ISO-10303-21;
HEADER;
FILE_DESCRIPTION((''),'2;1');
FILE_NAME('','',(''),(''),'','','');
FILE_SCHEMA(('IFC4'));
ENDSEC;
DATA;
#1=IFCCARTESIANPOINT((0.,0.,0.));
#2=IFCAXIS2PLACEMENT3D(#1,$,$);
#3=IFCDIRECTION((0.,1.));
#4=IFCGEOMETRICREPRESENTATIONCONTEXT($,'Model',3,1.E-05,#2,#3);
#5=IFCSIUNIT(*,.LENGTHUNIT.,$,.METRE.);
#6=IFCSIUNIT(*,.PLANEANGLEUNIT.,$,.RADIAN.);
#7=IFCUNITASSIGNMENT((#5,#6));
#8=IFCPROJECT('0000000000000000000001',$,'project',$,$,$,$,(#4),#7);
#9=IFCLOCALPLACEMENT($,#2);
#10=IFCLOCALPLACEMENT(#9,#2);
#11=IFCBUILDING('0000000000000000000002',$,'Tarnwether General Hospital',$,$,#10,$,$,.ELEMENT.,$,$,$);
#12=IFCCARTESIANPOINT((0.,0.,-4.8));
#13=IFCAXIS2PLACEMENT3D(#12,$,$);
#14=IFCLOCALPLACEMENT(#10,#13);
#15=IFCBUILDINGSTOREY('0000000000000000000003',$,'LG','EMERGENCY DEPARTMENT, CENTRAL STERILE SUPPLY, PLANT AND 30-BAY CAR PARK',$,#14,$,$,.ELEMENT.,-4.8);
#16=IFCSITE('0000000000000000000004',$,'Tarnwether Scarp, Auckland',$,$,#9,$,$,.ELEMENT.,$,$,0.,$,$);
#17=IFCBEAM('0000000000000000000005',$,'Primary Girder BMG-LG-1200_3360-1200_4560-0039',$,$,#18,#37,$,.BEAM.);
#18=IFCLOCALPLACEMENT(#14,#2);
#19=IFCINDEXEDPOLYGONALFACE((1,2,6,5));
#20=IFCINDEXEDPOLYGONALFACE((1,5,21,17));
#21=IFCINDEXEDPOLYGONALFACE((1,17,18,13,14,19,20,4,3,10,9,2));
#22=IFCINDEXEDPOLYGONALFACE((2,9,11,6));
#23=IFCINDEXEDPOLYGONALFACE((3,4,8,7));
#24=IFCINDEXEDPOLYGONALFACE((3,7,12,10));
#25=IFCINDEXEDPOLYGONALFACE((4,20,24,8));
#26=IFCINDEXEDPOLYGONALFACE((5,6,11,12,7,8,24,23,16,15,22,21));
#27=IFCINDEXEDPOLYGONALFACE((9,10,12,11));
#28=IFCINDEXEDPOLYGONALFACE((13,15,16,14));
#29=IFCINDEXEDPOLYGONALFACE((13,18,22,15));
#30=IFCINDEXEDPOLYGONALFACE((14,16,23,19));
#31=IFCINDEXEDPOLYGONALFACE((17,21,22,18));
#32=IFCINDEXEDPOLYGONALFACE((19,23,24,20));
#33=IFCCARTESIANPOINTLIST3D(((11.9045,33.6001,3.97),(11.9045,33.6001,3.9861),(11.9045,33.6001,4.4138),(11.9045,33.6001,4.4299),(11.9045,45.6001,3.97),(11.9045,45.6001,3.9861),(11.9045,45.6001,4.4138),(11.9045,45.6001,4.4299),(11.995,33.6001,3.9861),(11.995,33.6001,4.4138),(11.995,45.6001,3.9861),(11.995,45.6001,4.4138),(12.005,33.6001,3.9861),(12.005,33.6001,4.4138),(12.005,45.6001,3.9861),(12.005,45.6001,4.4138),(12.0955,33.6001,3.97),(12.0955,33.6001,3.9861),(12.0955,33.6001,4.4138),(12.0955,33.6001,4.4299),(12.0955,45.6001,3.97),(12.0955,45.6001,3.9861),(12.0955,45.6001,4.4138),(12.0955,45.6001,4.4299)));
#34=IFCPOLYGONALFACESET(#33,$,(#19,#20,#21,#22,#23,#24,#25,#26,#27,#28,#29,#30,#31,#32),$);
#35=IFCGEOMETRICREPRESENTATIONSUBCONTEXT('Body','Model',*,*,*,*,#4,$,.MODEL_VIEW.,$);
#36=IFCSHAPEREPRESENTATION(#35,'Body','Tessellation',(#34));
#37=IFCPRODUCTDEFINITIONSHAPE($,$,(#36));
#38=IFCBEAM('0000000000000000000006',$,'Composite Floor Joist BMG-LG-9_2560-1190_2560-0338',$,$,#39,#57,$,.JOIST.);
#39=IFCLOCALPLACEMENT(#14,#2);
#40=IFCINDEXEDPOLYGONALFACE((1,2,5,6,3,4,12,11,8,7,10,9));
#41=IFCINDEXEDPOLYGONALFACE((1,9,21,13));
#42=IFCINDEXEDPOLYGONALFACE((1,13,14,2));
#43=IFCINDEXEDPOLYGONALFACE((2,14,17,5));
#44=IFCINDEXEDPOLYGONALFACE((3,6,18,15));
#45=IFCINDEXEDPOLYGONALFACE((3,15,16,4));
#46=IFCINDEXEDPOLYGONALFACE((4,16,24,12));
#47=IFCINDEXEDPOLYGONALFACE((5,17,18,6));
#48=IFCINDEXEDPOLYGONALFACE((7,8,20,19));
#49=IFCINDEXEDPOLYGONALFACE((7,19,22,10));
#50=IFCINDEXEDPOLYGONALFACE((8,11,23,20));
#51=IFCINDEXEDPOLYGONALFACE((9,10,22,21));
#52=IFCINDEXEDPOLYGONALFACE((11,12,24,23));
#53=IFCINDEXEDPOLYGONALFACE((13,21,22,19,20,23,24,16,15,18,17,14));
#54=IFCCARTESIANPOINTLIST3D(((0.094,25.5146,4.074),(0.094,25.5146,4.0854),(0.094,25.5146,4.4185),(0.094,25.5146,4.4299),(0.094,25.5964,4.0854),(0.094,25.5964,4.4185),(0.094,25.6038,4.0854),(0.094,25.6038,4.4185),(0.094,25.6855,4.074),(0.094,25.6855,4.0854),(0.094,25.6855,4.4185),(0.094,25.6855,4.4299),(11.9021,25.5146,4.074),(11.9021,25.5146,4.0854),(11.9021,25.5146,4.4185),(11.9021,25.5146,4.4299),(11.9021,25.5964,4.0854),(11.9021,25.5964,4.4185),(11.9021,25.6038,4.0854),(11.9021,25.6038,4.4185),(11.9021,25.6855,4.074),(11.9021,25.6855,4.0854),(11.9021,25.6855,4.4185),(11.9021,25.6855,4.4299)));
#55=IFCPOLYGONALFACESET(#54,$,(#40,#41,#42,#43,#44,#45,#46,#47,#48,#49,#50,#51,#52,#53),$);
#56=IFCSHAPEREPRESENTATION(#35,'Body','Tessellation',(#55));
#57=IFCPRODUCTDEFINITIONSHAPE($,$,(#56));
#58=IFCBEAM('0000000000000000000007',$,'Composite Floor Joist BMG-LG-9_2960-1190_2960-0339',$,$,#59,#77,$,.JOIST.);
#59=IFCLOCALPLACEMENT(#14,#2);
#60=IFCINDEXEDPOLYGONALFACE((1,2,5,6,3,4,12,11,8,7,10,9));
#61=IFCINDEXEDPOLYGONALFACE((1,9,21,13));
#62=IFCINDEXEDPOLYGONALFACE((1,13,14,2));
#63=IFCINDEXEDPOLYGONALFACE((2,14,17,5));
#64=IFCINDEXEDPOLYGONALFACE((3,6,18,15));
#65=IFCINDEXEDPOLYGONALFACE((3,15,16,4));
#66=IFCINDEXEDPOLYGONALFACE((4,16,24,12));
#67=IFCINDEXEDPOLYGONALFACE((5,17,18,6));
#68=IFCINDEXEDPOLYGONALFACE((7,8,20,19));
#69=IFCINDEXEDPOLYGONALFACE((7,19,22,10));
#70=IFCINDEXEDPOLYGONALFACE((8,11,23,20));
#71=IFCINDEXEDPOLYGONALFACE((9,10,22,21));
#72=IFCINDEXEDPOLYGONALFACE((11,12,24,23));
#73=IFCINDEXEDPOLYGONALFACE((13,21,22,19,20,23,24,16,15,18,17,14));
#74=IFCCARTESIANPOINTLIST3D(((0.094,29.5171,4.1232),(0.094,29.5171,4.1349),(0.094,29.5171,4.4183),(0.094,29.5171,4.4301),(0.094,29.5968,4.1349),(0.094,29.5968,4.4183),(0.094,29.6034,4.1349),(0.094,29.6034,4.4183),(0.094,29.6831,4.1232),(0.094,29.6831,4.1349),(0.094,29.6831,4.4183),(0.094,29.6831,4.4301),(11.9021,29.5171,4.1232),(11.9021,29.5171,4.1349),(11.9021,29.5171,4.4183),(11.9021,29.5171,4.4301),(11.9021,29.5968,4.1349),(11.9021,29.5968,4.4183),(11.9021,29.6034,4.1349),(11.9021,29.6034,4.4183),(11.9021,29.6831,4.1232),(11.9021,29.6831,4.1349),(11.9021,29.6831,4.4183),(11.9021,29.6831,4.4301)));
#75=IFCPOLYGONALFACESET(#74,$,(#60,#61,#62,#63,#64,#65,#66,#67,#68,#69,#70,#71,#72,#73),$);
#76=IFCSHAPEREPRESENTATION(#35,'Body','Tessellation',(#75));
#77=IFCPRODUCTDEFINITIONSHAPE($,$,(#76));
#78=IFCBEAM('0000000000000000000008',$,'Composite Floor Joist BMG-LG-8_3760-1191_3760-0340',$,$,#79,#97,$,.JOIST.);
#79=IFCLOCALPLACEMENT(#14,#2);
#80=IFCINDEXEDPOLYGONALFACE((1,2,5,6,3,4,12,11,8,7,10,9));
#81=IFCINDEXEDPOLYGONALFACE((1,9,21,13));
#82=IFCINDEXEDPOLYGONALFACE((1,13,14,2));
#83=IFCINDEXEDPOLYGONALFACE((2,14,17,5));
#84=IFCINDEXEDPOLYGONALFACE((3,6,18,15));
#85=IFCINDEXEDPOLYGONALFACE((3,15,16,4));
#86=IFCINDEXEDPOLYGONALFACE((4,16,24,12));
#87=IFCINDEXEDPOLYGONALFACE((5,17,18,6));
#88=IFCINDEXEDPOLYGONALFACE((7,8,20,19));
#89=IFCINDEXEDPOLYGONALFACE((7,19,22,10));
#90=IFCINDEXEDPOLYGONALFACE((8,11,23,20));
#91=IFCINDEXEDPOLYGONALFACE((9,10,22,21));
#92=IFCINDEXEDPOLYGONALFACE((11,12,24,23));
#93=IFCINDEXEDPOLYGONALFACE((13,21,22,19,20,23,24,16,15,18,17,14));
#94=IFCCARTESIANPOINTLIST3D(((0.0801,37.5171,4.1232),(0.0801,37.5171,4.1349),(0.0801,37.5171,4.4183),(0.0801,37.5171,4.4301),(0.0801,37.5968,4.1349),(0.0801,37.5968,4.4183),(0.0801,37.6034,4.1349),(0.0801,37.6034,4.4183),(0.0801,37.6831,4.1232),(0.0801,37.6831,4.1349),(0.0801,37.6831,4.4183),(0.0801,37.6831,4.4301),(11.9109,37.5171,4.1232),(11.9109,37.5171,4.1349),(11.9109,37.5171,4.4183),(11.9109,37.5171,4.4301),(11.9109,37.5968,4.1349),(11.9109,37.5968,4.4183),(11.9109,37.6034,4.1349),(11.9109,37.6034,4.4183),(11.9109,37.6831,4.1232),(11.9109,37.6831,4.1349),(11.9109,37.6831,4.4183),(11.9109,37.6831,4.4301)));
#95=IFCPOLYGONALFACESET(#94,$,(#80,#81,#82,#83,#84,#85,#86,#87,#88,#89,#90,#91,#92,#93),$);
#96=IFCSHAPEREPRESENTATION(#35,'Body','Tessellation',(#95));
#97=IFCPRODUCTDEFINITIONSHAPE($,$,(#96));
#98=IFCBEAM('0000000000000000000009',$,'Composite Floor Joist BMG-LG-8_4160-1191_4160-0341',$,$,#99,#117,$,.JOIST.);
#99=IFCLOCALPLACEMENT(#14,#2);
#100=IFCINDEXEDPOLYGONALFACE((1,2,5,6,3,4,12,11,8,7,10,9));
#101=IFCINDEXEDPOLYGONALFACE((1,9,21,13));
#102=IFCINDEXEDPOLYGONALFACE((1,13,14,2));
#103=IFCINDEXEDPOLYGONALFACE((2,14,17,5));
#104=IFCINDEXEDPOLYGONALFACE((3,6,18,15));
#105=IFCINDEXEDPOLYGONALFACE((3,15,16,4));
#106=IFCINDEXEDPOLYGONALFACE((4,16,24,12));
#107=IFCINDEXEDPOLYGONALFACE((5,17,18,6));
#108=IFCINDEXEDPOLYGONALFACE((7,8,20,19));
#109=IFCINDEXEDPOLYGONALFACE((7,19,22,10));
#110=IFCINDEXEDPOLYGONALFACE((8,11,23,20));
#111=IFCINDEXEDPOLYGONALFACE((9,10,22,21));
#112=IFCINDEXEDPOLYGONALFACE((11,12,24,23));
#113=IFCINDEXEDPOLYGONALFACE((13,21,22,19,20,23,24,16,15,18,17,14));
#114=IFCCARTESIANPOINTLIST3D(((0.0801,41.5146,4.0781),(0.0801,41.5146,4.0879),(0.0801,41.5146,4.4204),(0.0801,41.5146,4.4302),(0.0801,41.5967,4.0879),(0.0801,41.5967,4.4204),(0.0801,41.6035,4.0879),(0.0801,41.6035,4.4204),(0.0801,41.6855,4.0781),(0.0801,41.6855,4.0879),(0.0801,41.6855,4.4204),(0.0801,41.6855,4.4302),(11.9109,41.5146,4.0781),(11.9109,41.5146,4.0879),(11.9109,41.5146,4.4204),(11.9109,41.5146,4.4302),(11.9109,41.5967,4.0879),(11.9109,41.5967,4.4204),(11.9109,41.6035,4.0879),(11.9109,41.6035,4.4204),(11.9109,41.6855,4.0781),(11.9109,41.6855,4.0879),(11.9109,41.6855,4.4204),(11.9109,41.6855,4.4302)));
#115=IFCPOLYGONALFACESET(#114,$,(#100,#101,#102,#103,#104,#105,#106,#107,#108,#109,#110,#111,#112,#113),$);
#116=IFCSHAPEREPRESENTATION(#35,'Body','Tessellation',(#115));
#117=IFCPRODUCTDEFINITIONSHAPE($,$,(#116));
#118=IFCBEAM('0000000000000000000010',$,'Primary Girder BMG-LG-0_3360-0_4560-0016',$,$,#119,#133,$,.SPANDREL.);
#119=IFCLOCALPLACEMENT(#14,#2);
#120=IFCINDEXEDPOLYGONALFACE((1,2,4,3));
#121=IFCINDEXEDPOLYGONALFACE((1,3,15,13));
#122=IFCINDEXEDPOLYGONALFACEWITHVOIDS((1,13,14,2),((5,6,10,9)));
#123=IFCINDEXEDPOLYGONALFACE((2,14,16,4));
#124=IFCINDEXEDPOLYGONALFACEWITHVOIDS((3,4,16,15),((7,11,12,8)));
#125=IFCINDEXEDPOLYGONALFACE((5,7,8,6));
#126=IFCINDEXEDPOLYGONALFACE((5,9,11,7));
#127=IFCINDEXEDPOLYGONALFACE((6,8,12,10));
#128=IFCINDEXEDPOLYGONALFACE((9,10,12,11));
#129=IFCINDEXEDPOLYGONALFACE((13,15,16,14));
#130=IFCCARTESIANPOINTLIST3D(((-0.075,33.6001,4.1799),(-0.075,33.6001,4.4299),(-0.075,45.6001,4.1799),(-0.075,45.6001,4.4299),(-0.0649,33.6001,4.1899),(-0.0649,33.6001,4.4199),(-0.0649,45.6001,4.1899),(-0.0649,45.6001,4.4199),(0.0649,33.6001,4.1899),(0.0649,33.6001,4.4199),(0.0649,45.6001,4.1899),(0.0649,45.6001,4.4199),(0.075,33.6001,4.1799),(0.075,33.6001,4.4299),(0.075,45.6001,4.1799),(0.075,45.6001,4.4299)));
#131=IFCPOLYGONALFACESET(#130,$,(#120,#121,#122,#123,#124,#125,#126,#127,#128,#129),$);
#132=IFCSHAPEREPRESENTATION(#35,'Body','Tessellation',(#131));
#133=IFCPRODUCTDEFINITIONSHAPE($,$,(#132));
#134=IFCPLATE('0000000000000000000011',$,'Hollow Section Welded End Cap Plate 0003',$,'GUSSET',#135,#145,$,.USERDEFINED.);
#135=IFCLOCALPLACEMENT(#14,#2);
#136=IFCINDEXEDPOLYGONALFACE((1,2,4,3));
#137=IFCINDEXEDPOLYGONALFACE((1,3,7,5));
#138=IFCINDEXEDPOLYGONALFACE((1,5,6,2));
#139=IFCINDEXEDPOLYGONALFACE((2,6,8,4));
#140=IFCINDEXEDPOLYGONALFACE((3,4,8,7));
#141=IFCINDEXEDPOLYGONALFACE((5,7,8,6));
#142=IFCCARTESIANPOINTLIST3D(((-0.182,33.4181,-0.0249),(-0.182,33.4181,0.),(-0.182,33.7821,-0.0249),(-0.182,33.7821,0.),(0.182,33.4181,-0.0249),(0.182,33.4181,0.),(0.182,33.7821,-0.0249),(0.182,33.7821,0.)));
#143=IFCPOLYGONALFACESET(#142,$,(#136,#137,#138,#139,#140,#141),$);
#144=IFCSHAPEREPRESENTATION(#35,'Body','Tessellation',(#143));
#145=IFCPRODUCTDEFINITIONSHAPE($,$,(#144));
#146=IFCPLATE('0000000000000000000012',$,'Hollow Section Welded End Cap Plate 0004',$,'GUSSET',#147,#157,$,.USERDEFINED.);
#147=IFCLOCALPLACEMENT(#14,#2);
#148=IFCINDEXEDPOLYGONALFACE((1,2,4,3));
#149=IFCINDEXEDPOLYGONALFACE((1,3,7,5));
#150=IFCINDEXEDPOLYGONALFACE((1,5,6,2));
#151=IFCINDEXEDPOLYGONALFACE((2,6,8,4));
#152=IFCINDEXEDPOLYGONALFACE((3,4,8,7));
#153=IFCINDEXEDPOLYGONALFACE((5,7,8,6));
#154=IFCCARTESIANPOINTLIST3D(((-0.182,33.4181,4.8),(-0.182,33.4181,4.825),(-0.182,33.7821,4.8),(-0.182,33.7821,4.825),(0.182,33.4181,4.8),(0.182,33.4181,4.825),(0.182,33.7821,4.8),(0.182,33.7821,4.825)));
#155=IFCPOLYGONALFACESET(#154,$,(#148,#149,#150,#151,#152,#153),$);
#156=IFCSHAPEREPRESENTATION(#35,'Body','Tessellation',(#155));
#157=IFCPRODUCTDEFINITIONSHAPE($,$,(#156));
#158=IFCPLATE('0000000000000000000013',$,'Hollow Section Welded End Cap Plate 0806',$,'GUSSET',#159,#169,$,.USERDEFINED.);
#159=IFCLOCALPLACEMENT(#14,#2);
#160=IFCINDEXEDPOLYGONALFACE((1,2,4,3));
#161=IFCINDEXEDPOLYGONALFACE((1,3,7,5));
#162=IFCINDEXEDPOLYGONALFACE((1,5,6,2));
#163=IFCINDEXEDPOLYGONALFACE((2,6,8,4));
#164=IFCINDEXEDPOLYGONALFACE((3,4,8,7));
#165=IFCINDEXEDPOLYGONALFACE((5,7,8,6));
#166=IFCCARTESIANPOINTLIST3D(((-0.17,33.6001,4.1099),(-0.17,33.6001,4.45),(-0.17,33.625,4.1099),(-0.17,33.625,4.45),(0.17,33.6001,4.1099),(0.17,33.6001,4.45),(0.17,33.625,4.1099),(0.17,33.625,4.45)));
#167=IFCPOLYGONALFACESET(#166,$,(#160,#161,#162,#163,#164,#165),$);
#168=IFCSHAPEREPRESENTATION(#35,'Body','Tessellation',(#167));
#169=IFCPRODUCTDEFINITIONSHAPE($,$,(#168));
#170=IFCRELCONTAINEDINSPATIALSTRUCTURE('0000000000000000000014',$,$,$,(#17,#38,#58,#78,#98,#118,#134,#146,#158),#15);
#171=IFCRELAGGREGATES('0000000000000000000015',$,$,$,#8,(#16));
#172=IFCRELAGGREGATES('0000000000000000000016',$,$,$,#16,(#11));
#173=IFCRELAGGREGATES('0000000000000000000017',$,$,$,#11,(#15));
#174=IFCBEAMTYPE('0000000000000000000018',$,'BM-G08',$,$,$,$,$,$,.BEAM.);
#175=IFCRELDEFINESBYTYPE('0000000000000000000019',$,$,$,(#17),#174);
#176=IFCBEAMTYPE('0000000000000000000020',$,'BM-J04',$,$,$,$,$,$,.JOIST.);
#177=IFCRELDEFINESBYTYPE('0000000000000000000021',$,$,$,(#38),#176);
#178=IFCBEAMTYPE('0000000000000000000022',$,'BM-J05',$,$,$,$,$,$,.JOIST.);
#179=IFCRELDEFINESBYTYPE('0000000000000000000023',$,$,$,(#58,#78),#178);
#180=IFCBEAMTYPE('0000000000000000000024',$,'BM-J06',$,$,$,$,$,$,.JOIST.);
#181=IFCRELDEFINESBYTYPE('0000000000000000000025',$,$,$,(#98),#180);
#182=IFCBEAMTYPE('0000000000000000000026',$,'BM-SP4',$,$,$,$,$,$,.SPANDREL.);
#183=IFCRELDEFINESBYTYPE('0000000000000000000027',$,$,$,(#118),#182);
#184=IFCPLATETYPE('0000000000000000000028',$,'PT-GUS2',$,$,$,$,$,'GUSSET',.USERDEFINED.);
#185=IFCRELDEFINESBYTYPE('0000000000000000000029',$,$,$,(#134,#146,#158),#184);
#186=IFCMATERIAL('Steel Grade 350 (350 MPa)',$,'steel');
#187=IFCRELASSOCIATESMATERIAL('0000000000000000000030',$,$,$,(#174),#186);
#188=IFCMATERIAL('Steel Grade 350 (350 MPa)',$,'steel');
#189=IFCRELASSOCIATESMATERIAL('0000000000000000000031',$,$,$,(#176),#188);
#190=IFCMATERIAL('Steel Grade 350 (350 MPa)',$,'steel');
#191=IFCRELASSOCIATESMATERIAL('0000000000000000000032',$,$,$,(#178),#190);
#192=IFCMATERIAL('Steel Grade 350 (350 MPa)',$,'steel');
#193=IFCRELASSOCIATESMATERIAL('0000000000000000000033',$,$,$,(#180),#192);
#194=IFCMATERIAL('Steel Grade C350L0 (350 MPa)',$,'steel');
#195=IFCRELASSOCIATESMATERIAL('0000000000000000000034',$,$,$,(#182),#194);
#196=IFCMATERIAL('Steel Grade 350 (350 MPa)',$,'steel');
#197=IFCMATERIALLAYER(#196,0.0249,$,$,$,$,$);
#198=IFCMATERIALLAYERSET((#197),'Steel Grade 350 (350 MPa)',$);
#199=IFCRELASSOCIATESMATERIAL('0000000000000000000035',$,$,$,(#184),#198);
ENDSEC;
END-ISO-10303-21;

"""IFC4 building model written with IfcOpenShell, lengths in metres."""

from ifc_helpers import new_model, si_unit, direction, frame, origin, origin_2d, place, context, subcontext, project, spatial, rectangle, hollow_rectangle, i_section, extrude, material, layer, layer_set, material_profile, profile_set, type_object, element, save


model = new_model("IFC4")

# Units and contexts
model_context = context("Model", 3, precision=1e-05, world=origin(), true_north=direction((0.0, 1.0)))
body_context = subcontext(model_context, "Body", "Model", "MODEL_VIEW")
ifc_project = project(units=[si_unit("LENGTHUNIT", "METRE"), si_unit("PLANEANGLEUNIT", "RADIAN")], contexts=[model_context])

# Site, building, storey
site_placement = place(None, origin())
site = spatial("IfcSite", under=ifc_project, at=site_placement, Name="Tarnwether Scarp, Auckland", CompositionType="ELEMENT", RefElevation=0.0)
building_placement = place(site_placement, origin())
building = spatial("IfcBuilding", under=site, at=building_placement, Name="Tarnwether General Hospital", CompositionType="ELEMENT")
storey_placement = place(building_placement, frame((0.0, 0.0, -4.8)))
storey = spatial("IfcBuildingStorey", under=building, at=storey_placement, Name="LG", Description="EMERGENCY DEPARTMENT, CENTRAL STERILE SUPPLY, PLANT AND 30-BAY CAR PARK", CompositionType="ELEMENT", Elevation=-4.8)

# Beams
ifc_material_1 = material(Name="Steel Grade 350 (350 MPa)", Category="steel")
ifc_material_profile_1 = material_profile(ifc_material_1, i_section(OverallWidth=0.1909, OverallDepth=0.46, WebThickness=0.01, FlangeThickness=0.0161, at=origin_2d()), Name="460UB82.1")
ifc_profile_set_1 = profile_set([ifc_material_profile_1], Name="Steel Grade 350 (350 MPa)")
beam_type_1 = type_object("IfcBeamType", Name="BM-G08", PredefinedType="BEAM", material=ifc_profile_set_1)
beam_1_placement = place(storey_placement, frame((12.0, 33.6001, 4.2), z_axis=(0.0, 1.0, 0.0), x_axis=(-1.0, 0.0, 0.0)))
element("IfcBeam", 1, at=beam_1_placement, inside=storey, type_object=beam_type_1, Name="Primary Girder BMG-LG-1200_3360-1200_4560-0039", PredefinedType="BEAM", context=body_context, shape_type="SweptSolid", body=[
    extrude(i_section(OverallWidth=0.1909, OverallDepth=0.46, WebThickness=0.01, FlangeThickness=0.0161, at=origin_2d()), origin(), (0.0, 0.0, 1.0), 12.0),
])
ifc_material_2 = material(Name="Steel Grade 350 (350 MPa)", Category="steel")
ifc_material_profile_2 = material_profile(ifc_material_2, i_section(OverallWidth=0.1709, OverallDepth=0.356, WebThickness=0.0073, FlangeThickness=0.0115, at=origin_2d()), Name="360UB50.7")
ifc_profile_set_2 = profile_set([ifc_material_profile_2], Name="Steel Grade 350 (350 MPa)")
beam_type_2 = type_object("IfcBeamType", Name="BM-J04", PredefinedType="JOIST", material=ifc_profile_set_2)
beam_2_placement = place(storey_placement, frame((0.094, 25.6001, 4.252), z_axis=(1.0, 0.0, 0.0), x_axis=(0.0, 1.0, 0.0)))
element("IfcBeam", 2, at=beam_2_placement, inside=storey, type_object=beam_type_2, Name="Composite Floor Joist BMG-LG-9_2560-1190_2560-0338", PredefinedType="JOIST", context=body_context, shape_type="SweptSolid", body=[
    extrude(i_section(OverallWidth=0.1709, OverallDepth=0.356, WebThickness=0.0073, FlangeThickness=0.0115, at=origin_2d()), origin(), (0.0, 0.0, 1.0), 11.8081),
])
ifc_material_3 = material(Name="Steel Grade 350 (350 MPa)", Category="steel")
ifc_material_profile_3 = material_profile(ifc_material_3, i_section(OverallWidth=0.166, OverallDepth=0.3069, WebThickness=0.0066, FlangeThickness=0.0117, at=origin_2d()), Name="310UB46.2")
ifc_profile_set_3 = profile_set([ifc_material_profile_3], Name="Steel Grade 350 (350 MPa)")
beam_type_3 = type_object("IfcBeamType", Name="BM-J05", PredefinedType="JOIST", material=ifc_profile_set_3)
beam_3_placement = place(storey_placement, frame((0.094, 29.6001, 4.2766), z_axis=(1.0, 0.0, 0.0), x_axis=(0.0, 1.0, 0.0)))
element("IfcBeam", 3, at=beam_3_placement, inside=storey, type_object=beam_type_3, Name="Composite Floor Joist BMG-LG-9_2960-1190_2960-0339", PredefinedType="JOIST", context=body_context, shape_type="SweptSolid", body=[
    extrude(i_section(OverallWidth=0.166, OverallDepth=0.3069, WebThickness=0.0066, FlangeThickness=0.0117, at=origin_2d()), origin(), (0.0, 0.0, 1.0), 11.8081),
])
beam_4_placement = place(storey_placement, frame((0.0801, 37.6001, 4.2766), z_axis=(1.0, 0.0, 0.0), x_axis=(0.0, 1.0, 0.0)))
element("IfcBeam", 4, at=beam_4_placement, inside=storey, type_object=beam_type_3, Name="Composite Floor Joist BMG-LG-8_3760-1191_3760-0340", PredefinedType="JOIST", context=body_context, shape_type="SweptSolid", body=[
    extrude(i_section(OverallWidth=0.166, OverallDepth=0.3069, WebThickness=0.0066, FlangeThickness=0.0117, at=origin_2d()), origin(), (0.0, 0.0, 1.0), 11.8308),
])
ifc_material_4 = material(Name="Steel Grade 350 (350 MPa)", Category="steel")
ifc_material_profile_4 = material_profile(ifc_material_4, i_section(OverallWidth=0.1709, OverallDepth=0.3521, WebThickness=0.0068, FlangeThickness=0.0098, at=origin_2d()), Name="360UB44.7")
ifc_profile_set_4 = profile_set([ifc_material_profile_4], Name="Steel Grade 350 (350 MPa)")
beam_type_4 = type_object("IfcBeamType", Name="BM-J06", PredefinedType="JOIST", material=ifc_profile_set_4)
beam_5_placement = place(storey_placement, frame((0.0801, 41.6001, 4.2542), z_axis=(1.0, 0.0, 0.0), x_axis=(0.0, 1.0, 0.0)))
element("IfcBeam", 5, at=beam_5_placement, inside=storey, type_object=beam_type_4, Name="Composite Floor Joist BMG-LG-8_4160-1191_4160-0341", PredefinedType="JOIST", context=body_context, shape_type="SweptSolid", body=[
    extrude(i_section(OverallWidth=0.1709, OverallDepth=0.3521, WebThickness=0.0068, FlangeThickness=0.0098, at=origin_2d()), origin(), (0.0, 0.0, 1.0), 11.8308),
])
ifc_material_5 = material(Name="Steel Grade C350L0 (350 MPa)", Category="steel")
ifc_material_profile_5 = material_profile(ifc_material_5, hollow_rectangle(XDim=0.1499, YDim=0.25, WallThickness=0.01, at=origin_2d()), Name="RHS250x150x10")
ifc_profile_set_5 = profile_set([ifc_material_profile_5], Name="Steel Grade C350L0 (350 MPa)")
beam_type_5 = type_object("IfcBeamType", Name="BM-SP4", PredefinedType="SPANDREL", material=ifc_profile_set_5)
beam_6_placement = place(storey_placement, frame((0.0, 33.6001, 4.3049), z_axis=(0.0, 1.0, 0.0), x_axis=(-1.0, 0.0, 0.0)))
element("IfcBeam", 6, at=beam_6_placement, inside=storey, type_object=beam_type_5, Name="Primary Girder BMG-LG-0_3360-0_4560-0016", PredefinedType="SPANDREL", context=body_context, shape_type="SweptSolid", body=[
    extrude(hollow_rectangle(XDim=0.1499, YDim=0.25, WallThickness=0.01, at=origin_2d()), origin(), (0.0, 0.0, 1.0), 12.0),
])

# Plates
ifc_material_6 = material(Name="Steel Grade 350 (350 MPa)", Category="steel")
ifc_layer = layer(ifc_material_6, 0.0249)
ifc_layer_set = layer_set([ifc_layer], Name="Steel Grade 350 (350 MPa)")
plate_type = type_object("IfcPlateType", Name="PT-GUS2", ElementType="GUSSET", PredefinedType="USERDEFINED", material=ifc_layer_set)
for number, where, z_axis, x_axis, name in (
    (7, (0.0, 33.6001, -0.0249), (0.0, 0.0, 1.0), (1.0, 0.0, 0.0), "Hollow Section Welded End Cap Plate 0003"),
    (8, (0.0, 33.6001, 4.8), (0.0, 0.0, 1.0), (1.0, 0.0, 0.0), "Hollow Section Welded End Cap Plate 0004"),
):
    element("IfcPlate", number, at=place(storey_placement, frame(where, z_axis=z_axis, x_axis=x_axis)), inside=storey, type_object=plate_type, Name=name, ObjectType="GUSSET", PredefinedType="USERDEFINED", context=body_context, shape_type="SweptSolid", body=[
        extrude(rectangle(XDim=0.364, YDim=0.364, at=origin_2d()), origin(), (0.0, 0.0, 1.0), 0.0249),
    ])
plate_placement = place(storey_placement, frame((0.0, 33.6125, 4.1099), z_axis=(0.0, 0.0, 1.0), x_axis=(0.0, 1.0, 0.0)))
element("IfcPlate", 9, at=plate_placement, inside=storey, type_object=plate_type, Name="Hollow Section Welded End Cap Plate 0806", ObjectType="GUSSET", PredefinedType="USERDEFINED", context=body_context, shape_type="SweptSolid", body=[
    extrude(rectangle(XDim=0.0249, YDim=0.3401, at=origin_2d()), origin(), (0.0, 0.0, 1.0), 0.3401),
])

save(model, "model.ifc")
